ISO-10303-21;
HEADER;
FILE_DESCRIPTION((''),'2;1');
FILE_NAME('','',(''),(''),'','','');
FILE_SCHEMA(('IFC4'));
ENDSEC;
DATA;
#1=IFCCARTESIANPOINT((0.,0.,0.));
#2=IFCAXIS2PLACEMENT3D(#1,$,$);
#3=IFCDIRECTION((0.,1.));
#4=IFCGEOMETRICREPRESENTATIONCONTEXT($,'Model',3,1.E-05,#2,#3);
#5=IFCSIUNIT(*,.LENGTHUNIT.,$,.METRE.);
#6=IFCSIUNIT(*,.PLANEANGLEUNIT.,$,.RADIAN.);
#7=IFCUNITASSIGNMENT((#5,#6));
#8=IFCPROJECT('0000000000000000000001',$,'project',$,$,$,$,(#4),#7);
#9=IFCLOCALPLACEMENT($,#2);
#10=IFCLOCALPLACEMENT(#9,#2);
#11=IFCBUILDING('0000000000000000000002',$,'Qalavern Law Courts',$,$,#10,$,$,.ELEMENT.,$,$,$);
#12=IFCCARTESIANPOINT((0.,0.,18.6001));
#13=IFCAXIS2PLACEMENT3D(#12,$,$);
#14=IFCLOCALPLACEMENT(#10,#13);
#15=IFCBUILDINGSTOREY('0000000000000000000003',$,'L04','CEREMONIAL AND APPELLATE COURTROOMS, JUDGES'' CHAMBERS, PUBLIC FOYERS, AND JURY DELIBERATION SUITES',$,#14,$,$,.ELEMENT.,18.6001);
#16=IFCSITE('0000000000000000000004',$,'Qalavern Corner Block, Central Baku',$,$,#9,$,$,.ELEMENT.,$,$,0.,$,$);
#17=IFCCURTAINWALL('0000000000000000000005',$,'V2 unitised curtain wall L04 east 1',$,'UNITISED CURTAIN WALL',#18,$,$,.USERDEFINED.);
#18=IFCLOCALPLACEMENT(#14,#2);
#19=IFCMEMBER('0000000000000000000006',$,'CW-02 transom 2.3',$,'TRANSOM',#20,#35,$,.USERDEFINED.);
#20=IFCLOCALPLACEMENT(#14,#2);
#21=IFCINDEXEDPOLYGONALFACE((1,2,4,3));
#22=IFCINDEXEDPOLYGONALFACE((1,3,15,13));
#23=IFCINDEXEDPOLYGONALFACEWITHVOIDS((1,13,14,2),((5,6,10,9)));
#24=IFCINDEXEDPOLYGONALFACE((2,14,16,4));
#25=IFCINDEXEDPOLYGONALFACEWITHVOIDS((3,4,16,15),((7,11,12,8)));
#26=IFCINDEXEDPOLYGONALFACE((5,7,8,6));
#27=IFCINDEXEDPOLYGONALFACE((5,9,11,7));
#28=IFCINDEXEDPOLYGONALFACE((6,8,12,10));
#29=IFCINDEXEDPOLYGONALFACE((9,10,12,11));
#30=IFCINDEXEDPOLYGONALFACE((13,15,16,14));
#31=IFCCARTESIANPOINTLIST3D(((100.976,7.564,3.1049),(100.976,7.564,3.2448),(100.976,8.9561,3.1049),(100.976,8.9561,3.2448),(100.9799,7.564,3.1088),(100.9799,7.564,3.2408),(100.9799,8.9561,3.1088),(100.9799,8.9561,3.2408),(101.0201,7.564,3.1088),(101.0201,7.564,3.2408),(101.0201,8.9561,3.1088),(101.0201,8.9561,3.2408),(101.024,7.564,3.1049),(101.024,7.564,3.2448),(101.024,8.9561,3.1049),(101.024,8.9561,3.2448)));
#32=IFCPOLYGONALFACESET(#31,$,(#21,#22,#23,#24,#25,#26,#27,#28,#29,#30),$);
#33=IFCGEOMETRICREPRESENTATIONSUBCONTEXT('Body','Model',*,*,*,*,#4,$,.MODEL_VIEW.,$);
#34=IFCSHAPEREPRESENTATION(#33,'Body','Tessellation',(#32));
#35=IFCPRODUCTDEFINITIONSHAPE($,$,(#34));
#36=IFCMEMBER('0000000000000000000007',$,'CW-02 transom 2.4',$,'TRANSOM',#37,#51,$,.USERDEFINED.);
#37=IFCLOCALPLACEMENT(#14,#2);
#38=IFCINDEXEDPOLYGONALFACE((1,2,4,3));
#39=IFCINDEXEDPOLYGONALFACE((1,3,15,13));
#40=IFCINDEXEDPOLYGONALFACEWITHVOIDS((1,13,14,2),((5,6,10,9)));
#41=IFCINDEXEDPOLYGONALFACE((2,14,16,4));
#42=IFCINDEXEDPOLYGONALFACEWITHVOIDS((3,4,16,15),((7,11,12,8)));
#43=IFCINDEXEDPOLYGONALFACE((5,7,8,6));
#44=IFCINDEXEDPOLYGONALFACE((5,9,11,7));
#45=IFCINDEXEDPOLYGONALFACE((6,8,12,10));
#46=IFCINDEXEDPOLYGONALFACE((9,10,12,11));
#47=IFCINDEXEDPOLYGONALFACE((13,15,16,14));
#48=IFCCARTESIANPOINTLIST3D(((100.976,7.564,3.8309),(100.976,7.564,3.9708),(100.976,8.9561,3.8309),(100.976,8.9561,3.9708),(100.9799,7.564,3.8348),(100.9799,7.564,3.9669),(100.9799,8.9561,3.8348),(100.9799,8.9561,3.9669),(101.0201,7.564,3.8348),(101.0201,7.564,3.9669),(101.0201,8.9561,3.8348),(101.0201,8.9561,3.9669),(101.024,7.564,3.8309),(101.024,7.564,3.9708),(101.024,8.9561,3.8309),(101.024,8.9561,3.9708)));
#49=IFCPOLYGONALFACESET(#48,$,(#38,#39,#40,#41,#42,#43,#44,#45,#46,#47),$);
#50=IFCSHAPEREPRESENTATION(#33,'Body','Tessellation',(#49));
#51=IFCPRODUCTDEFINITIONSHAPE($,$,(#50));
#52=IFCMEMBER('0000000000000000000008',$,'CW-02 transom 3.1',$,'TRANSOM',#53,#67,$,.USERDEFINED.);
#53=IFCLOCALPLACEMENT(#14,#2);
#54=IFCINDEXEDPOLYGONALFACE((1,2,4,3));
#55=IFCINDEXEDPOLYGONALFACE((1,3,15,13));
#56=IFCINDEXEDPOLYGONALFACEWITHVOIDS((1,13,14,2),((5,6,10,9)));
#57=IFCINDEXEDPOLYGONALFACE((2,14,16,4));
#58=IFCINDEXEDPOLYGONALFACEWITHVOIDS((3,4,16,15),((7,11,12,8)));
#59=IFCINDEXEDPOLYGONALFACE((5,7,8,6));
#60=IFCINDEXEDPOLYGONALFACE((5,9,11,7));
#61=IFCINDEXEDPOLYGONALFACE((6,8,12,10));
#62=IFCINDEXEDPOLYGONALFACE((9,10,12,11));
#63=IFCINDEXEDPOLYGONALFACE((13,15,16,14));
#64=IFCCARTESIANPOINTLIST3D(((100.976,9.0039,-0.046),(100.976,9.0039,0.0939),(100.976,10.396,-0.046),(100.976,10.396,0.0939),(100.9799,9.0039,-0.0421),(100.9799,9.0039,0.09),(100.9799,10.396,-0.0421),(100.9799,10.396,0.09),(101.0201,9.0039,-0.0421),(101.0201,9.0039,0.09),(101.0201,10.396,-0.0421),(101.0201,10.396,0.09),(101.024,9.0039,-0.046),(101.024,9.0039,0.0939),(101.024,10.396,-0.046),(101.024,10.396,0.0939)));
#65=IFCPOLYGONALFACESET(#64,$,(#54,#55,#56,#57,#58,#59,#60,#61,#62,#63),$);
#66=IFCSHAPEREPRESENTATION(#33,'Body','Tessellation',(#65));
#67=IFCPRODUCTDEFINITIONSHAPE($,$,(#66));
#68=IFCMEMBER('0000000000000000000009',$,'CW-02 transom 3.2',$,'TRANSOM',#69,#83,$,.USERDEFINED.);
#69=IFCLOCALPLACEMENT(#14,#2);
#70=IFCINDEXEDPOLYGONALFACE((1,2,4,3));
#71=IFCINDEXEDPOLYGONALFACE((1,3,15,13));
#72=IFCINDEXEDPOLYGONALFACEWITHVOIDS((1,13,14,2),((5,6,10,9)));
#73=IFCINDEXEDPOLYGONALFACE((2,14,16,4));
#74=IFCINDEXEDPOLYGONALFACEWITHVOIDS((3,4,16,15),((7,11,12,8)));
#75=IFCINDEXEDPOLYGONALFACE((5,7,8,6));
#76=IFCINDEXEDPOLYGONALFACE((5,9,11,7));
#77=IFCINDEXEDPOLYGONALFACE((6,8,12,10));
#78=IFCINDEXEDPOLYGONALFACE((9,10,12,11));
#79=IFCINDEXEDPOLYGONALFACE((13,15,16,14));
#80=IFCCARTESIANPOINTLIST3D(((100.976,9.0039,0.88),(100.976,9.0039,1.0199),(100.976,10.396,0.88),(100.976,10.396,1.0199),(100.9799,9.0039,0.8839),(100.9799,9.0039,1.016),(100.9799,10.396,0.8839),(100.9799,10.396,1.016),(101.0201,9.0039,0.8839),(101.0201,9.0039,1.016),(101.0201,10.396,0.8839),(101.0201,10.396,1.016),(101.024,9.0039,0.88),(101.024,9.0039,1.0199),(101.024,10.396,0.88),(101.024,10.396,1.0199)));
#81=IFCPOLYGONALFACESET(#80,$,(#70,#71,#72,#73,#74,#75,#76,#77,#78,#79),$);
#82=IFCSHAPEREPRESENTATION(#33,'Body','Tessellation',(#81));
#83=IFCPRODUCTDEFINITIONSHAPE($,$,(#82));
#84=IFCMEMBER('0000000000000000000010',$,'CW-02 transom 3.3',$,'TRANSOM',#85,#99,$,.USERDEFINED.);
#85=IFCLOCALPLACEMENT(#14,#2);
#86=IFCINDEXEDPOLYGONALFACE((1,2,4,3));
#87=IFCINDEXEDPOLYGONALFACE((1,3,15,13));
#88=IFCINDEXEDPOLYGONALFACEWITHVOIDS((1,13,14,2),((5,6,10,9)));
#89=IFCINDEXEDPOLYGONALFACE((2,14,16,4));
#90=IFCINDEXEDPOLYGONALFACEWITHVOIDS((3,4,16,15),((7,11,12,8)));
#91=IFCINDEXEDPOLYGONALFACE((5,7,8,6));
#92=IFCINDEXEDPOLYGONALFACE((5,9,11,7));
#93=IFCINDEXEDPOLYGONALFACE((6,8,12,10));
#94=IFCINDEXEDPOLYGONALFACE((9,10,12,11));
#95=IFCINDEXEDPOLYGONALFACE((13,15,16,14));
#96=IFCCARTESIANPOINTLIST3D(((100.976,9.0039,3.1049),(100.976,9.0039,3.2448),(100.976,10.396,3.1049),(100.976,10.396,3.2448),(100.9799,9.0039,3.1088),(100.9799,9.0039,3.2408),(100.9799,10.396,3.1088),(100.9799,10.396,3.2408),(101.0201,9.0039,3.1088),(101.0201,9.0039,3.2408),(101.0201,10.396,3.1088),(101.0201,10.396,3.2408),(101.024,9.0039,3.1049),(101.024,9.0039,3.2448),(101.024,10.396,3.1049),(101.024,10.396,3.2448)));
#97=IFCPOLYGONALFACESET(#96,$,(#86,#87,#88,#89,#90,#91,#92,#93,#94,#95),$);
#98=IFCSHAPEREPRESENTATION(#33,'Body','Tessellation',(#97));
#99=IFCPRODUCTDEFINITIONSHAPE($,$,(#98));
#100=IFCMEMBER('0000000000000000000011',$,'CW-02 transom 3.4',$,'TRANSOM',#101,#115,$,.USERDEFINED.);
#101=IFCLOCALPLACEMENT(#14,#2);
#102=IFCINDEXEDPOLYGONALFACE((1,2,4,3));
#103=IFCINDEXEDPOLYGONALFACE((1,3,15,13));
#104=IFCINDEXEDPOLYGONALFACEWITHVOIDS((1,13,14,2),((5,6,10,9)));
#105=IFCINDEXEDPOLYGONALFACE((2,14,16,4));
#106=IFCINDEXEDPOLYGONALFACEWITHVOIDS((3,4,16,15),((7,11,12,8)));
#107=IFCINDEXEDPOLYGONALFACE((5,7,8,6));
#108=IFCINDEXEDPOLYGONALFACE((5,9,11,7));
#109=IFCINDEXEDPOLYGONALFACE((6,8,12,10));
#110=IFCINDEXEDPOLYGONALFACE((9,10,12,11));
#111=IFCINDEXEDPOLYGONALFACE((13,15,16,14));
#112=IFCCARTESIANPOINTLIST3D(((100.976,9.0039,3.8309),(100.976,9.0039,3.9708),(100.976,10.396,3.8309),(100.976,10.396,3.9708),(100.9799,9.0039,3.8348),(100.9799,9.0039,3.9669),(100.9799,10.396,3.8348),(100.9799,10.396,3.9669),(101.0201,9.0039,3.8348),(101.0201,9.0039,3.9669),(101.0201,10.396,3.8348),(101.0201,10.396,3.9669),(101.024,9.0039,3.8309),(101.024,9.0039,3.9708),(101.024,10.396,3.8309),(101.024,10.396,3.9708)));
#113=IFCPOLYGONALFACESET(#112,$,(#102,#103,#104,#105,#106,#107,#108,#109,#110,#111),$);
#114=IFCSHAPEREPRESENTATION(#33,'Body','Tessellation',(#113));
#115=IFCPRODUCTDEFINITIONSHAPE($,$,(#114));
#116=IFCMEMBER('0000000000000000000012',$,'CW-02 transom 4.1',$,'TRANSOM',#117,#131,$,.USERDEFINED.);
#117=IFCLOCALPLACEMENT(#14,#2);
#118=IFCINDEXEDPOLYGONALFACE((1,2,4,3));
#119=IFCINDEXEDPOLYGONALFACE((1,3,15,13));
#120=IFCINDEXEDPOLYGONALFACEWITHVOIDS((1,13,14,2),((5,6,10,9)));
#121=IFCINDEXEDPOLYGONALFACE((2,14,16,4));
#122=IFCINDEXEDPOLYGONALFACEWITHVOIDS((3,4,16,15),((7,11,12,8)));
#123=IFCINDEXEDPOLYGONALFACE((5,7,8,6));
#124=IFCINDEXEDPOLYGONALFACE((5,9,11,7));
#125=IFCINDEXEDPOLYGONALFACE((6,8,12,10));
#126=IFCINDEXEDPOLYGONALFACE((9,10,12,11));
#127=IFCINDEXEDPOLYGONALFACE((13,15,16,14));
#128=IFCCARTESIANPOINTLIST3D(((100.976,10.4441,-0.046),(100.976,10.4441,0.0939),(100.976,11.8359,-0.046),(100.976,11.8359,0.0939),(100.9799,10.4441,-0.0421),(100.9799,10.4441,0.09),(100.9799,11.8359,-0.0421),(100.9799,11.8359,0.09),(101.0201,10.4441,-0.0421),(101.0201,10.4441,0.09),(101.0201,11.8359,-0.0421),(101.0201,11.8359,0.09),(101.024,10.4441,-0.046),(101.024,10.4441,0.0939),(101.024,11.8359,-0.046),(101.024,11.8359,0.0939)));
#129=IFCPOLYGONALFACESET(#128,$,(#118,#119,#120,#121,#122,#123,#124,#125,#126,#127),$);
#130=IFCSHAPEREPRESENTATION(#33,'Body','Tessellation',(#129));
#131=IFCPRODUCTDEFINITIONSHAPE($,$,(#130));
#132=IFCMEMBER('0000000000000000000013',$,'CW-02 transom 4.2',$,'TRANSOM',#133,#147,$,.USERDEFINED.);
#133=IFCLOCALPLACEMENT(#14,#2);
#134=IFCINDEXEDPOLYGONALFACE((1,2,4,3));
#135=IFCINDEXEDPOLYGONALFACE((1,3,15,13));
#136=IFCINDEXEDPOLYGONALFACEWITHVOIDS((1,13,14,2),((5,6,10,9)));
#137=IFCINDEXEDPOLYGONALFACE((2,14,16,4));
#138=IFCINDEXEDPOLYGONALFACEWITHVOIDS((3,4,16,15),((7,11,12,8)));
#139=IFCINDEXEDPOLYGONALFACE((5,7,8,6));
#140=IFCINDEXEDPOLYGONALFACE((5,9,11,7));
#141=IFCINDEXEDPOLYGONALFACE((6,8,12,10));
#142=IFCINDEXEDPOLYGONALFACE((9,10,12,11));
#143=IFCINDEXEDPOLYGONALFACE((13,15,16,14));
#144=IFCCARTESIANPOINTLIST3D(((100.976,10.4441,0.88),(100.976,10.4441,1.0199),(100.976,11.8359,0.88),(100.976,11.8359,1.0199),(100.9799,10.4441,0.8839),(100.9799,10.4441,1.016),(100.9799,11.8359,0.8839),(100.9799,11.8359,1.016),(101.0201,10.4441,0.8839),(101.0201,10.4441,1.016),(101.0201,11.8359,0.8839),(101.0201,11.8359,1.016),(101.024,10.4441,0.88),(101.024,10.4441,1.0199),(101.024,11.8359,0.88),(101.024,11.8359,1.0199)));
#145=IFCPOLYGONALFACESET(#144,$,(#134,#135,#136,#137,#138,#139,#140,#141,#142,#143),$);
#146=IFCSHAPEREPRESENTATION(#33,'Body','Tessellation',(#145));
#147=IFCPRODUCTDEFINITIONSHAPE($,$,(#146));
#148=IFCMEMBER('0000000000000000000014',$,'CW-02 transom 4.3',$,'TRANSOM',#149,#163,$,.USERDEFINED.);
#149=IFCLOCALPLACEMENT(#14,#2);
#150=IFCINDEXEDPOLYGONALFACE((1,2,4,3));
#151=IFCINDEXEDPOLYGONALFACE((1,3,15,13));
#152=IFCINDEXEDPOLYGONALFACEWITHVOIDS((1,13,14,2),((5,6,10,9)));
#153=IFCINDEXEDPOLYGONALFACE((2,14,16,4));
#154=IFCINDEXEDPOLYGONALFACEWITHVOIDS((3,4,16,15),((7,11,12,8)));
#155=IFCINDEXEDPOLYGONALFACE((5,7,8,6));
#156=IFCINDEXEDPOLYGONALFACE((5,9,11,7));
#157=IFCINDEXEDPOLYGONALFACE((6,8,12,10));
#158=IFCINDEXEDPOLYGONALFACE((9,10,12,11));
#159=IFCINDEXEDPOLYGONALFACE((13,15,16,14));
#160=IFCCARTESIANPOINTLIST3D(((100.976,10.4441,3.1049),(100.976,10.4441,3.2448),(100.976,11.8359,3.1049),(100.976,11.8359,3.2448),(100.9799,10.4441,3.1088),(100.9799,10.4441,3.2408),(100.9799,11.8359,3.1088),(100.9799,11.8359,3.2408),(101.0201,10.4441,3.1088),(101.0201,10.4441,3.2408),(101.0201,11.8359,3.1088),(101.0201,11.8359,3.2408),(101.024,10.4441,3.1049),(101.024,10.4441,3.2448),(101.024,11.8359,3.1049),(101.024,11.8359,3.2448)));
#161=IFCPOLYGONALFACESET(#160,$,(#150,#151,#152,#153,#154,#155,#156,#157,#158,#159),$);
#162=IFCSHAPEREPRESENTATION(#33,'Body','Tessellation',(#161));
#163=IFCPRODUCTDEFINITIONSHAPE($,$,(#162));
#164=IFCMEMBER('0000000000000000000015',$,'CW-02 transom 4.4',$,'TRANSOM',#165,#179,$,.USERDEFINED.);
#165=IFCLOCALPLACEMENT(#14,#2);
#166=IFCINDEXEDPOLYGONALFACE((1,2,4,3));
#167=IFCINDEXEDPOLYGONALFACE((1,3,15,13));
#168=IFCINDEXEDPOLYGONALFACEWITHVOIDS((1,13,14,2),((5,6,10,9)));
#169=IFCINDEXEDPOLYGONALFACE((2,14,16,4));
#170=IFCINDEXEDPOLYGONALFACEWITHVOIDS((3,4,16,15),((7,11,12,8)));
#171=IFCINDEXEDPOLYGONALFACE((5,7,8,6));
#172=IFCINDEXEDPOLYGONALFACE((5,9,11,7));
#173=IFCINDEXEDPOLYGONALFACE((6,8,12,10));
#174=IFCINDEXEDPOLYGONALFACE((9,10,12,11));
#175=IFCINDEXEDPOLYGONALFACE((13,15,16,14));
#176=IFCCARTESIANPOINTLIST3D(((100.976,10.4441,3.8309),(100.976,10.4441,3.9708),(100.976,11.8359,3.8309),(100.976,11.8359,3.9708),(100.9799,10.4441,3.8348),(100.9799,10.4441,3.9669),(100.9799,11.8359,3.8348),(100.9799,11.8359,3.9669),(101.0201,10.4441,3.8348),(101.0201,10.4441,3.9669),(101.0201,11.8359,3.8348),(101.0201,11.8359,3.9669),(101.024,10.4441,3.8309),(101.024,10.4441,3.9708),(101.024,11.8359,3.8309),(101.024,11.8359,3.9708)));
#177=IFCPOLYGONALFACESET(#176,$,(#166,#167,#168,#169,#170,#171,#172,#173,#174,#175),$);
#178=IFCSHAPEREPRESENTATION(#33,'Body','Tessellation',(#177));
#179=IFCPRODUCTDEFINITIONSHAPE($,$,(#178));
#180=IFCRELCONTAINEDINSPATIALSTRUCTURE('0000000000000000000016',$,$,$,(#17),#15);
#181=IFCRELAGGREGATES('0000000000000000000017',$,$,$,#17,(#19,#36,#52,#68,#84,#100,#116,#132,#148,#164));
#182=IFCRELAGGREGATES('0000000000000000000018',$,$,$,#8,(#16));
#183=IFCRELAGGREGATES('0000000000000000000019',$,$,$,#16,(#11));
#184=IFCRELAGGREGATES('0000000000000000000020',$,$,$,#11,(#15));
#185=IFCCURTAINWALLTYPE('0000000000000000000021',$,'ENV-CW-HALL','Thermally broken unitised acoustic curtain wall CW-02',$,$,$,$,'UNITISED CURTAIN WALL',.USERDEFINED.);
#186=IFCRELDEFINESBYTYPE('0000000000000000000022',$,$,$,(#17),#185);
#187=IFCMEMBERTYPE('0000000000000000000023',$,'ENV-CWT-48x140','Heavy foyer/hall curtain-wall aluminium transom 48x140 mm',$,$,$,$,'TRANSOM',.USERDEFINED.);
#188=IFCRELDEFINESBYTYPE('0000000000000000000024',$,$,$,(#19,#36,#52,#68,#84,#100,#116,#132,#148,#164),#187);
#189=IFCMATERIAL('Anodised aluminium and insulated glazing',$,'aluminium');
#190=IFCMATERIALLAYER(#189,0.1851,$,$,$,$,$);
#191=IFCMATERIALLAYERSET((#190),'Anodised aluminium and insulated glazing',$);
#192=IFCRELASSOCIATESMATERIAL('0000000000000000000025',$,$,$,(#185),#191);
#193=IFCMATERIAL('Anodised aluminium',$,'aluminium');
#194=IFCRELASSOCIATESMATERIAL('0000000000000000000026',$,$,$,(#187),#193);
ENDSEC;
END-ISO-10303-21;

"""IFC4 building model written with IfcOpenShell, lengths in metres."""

from ifc_helpers import new_model, si_unit, direction, frame, origin, origin_2d, place, context, subcontext, project, spatial, hollow_rectangle, extrude, material, layer, layer_set, material_profile, profile_set, type_object, element, aggregate, save


model = new_model("IFC4")

# Units and contexts
model_context = context("Model", 3, precision=1e-05, world=origin(), true_north=direction((0.0, 1.0)))
body_context = subcontext(model_context, "Body", "Model", "MODEL_VIEW")
ifc_project = project(units=[si_unit("LENGTHUNIT", "METRE"), si_unit("PLANEANGLEUNIT", "RADIAN")], contexts=[model_context])

# Site, building, storey
site_placement = place(None, origin())
site = spatial("IfcSite", under=ifc_project, at=site_placement, Name="Qalavern Corner Block, Central Baku", CompositionType="ELEMENT", RefElevation=0.0)
building_placement = place(site_placement, origin())
building = spatial("IfcBuilding", under=site, at=building_placement, Name="Qalavern Law Courts", CompositionType="ELEMENT")
storey_placement = place(building_placement, frame((0.0, 0.0, 18.6001)))
storey = spatial("IfcBuildingStorey", under=building, at=storey_placement, Name="L04", Description="CEREMONIAL AND APPELLATE COURTROOMS, JUDGES' CHAMBERS, PUBLIC FOYERS, AND JURY DELIBERATION SUITES", CompositionType="ELEMENT", Elevation=18.6001)

# Curtain wall, members
ifc_material_1 = material(Name="Anodised aluminium and insulated glazing", Category="aluminium")
ifc_layer_1 = layer(ifc_material_1, 0.1851)
ifc_layer_set_1 = layer_set([ifc_layer_1], Name="Anodised aluminium and insulated glazing")
curtain_wall_type = type_object("IfcCurtainWallType", Name="ENV-CW-HALL", Description="Thermally broken unitised acoustic curtain wall CW-02", ElementType="UNITISED CURTAIN WALL", PredefinedType="USERDEFINED", material=ifc_layer_set_1)
curtain_wall_placement = place(storey_placement, origin())
curtain_wall = element("IfcCurtainWall", 1, at=curtain_wall_placement, inside=storey, type_object=curtain_wall_type, Name="V2 unitised curtain wall L04 east 1", ObjectType="UNITISED CURTAIN WALL", PredefinedType="USERDEFINED")
ifc_material_2 = material(Name="Anodised aluminium", Category="aluminium")
ifc_material_profile_1 = material_profile(ifc_material_2, hollow_rectangle(XDim=0.0481, YDim=0.1399, WallThickness=0.0039, at=origin_2d()), Name="ALU TRANSOM 48x140")
ifc_profile_set_1 = profile_set([ifc_material_profile_1], Name="Anodised aluminium")
member_type_1 = type_object("IfcMemberType", Name="ENV-CWT-48x140", Description="Heavy foyer/hall curtain-wall aluminium transom 48x140 mm", ElementType="TRANSOM", PredefinedType="USERDEFINED", material=ifc_profile_set_1)
member_1_placement = place(storey_placement, frame((101.0, 7.564, 3.1748), z_axis=(0.0, 1.0, 0.0), x_axis=(-1.0, 0.0, 0.0)))
member_1 = element("IfcMember", 2, at=member_1_placement, type_object=member_type_1, Name="CW-02 transom 2.3", ObjectType="TRANSOM", PredefinedType="USERDEFINED", context=body_context, shape_type="SweptSolid", body=[
    extrude(hollow_rectangle(XDim=0.0481, YDim=0.1399, WallThickness=0.0039, at=origin_2d()), origin(), (0.0, 0.0, 1.0), 1.3921),
])
member_2_placement = place(storey_placement, frame((101.0, 7.564, 3.9009), z_axis=(0.0, 1.0, 0.0), x_axis=(-1.0, 0.0, 0.0)))
member_2 = element("IfcMember", 3, at=member_2_placement, type_object=member_type_1, Name="CW-02 transom 2.4", ObjectType="TRANSOM", PredefinedType="USERDEFINED", context=body_context, shape_type="SweptSolid", body=[
    extrude(hollow_rectangle(XDim=0.0481, YDim=0.1399, WallThickness=0.0039, at=origin_2d()), origin(), (0.0, 0.0, 1.0), 1.3921),
])
member_3_placement = place(storey_placement, frame((101.0, 9.0039, 0.0239), z_axis=(0.0, 1.0, 0.0), x_axis=(-1.0, 0.0, 0.0)))
member_3 = element("IfcMember", 4, at=member_3_placement, type_object=member_type_1, Name="CW-02 transom 3.1", ObjectType="TRANSOM", PredefinedType="USERDEFINED", context=body_context, shape_type="SweptSolid", body=[
    extrude(hollow_rectangle(XDim=0.0481, YDim=0.1399, WallThickness=0.0039, at=origin_2d()), origin(), (0.0, 0.0, 1.0), 1.3921),
])
member_4_placement = place(storey_placement, frame((101.0, 9.0039, 0.95), z_axis=(0.0, 1.0, 0.0), x_axis=(-1.0, 0.0, 0.0)))
member_4 = element("IfcMember", 5, at=member_4_placement, type_object=member_type_1, Name="CW-02 transom 3.2", ObjectType="TRANSOM", PredefinedType="USERDEFINED", context=body_context, shape_type="SweptSolid", body=[
    extrude(hollow_rectangle(XDim=0.0481, YDim=0.1399, WallThickness=0.0039, at=origin_2d()), origin(), (0.0, 0.0, 1.0), 1.3921),
])
member_5_placement = place(storey_placement, frame((101.0, 9.0039, 3.1748), z_axis=(0.0, 1.0, 0.0), x_axis=(-1.0, 0.0, 0.0)))
member_5 = element("IfcMember", 6, at=member_5_placement, type_object=member_type_1, Name="CW-02 transom 3.3", ObjectType="TRANSOM", PredefinedType="USERDEFINED", context=body_context, shape_type="SweptSolid", body=[
    extrude(hollow_rectangle(XDim=0.0481, YDim=0.1399, WallThickness=0.0039, at=origin_2d()), origin(), (0.0, 0.0, 1.0), 1.3921),
])
member_6_placement = place(storey_placement, frame((101.0, 9.0039, 3.9009), z_axis=(0.0, 1.0, 0.0), x_axis=(-1.0, 0.0, 0.0)))
member_6 = element("IfcMember", 7, at=member_6_placement, type_object=member_type_1, Name="CW-02 transom 3.4", ObjectType="TRANSOM", PredefinedType="USERDEFINED", context=body_context, shape_type="SweptSolid", body=[
    extrude(hollow_rectangle(XDim=0.0481, YDim=0.1399, WallThickness=0.0039, at=origin_2d()), origin(), (0.0, 0.0, 1.0), 1.3921),
])
member_7_placement = place(storey_placement, frame((101.0, 10.4441, 0.0239), z_axis=(0.0, 1.0, 0.0), x_axis=(-1.0, 0.0, 0.0)))
member_7 = element("IfcMember", 8, at=member_7_placement, type_object=member_type_1, Name="CW-02 transom 4.1", ObjectType="TRANSOM", PredefinedType="USERDEFINED", context=body_context, shape_type="SweptSolid", body=[
    extrude(hollow_rectangle(XDim=0.0481, YDim=0.1399, WallThickness=0.0039, at=origin_2d()), origin(), (0.0, 0.0, 1.0), 1.3918),
])
member_8_placement = place(storey_placement, frame((101.0, 10.4441, 0.95), z_axis=(0.0, 1.0, 0.0), x_axis=(-1.0, 0.0, 0.0)))
member_8 = element("IfcMember", 9, at=member_8_placement, type_object=member_type_1, Name="CW-02 transom 4.2", ObjectType="TRANSOM", PredefinedType="USERDEFINED", context=body_context, shape_type="SweptSolid", body=[
    extrude(hollow_rectangle(XDim=0.0481, YDim=0.1399, WallThickness=0.0039, at=origin_2d()), origin(), (0.0, 0.0, 1.0), 1.3918),
])
member_9_placement = place(storey_placement, frame((101.0, 10.4441, 3.1748), z_axis=(0.0, 1.0, 0.0), x_axis=(-1.0, 0.0, 0.0)))
member_9 = element("IfcMember", 10, at=member_9_placement, type_object=member_type_1, Name="CW-02 transom 4.3", ObjectType="TRANSOM", PredefinedType="USERDEFINED", context=body_context, shape_type="SweptSolid", body=[
    extrude(hollow_rectangle(XDim=0.0481, YDim=0.1399, WallThickness=0.0039, at=origin_2d()), origin(), (0.0, 0.0, 1.0), 1.3918),
])
member_10_placement = place(storey_placement, frame((101.0, 10.4441, 3.9009), z_axis=(0.0, 1.0, 0.0), x_axis=(-1.0, 0.0, 0.0)))
member_10 = element("IfcMember", 11, at=member_10_placement, type_object=member_type_1, Name="CW-02 transom 4.4", ObjectType="TRANSOM", PredefinedType="USERDEFINED", context=body_context, shape_type="SweptSolid", body=[
    extrude(hollow_rectangle(XDim=0.0481, YDim=0.1399, WallThickness=0.0039, at=origin_2d()), origin(), (0.0, 0.0, 1.0), 1.3918),
])

aggregate(curtain_wall, [member_1, member_2, member_3, member_4, member_5, member_6, member_7, member_8, member_9, member_10])

save(model, "model.ifc")
